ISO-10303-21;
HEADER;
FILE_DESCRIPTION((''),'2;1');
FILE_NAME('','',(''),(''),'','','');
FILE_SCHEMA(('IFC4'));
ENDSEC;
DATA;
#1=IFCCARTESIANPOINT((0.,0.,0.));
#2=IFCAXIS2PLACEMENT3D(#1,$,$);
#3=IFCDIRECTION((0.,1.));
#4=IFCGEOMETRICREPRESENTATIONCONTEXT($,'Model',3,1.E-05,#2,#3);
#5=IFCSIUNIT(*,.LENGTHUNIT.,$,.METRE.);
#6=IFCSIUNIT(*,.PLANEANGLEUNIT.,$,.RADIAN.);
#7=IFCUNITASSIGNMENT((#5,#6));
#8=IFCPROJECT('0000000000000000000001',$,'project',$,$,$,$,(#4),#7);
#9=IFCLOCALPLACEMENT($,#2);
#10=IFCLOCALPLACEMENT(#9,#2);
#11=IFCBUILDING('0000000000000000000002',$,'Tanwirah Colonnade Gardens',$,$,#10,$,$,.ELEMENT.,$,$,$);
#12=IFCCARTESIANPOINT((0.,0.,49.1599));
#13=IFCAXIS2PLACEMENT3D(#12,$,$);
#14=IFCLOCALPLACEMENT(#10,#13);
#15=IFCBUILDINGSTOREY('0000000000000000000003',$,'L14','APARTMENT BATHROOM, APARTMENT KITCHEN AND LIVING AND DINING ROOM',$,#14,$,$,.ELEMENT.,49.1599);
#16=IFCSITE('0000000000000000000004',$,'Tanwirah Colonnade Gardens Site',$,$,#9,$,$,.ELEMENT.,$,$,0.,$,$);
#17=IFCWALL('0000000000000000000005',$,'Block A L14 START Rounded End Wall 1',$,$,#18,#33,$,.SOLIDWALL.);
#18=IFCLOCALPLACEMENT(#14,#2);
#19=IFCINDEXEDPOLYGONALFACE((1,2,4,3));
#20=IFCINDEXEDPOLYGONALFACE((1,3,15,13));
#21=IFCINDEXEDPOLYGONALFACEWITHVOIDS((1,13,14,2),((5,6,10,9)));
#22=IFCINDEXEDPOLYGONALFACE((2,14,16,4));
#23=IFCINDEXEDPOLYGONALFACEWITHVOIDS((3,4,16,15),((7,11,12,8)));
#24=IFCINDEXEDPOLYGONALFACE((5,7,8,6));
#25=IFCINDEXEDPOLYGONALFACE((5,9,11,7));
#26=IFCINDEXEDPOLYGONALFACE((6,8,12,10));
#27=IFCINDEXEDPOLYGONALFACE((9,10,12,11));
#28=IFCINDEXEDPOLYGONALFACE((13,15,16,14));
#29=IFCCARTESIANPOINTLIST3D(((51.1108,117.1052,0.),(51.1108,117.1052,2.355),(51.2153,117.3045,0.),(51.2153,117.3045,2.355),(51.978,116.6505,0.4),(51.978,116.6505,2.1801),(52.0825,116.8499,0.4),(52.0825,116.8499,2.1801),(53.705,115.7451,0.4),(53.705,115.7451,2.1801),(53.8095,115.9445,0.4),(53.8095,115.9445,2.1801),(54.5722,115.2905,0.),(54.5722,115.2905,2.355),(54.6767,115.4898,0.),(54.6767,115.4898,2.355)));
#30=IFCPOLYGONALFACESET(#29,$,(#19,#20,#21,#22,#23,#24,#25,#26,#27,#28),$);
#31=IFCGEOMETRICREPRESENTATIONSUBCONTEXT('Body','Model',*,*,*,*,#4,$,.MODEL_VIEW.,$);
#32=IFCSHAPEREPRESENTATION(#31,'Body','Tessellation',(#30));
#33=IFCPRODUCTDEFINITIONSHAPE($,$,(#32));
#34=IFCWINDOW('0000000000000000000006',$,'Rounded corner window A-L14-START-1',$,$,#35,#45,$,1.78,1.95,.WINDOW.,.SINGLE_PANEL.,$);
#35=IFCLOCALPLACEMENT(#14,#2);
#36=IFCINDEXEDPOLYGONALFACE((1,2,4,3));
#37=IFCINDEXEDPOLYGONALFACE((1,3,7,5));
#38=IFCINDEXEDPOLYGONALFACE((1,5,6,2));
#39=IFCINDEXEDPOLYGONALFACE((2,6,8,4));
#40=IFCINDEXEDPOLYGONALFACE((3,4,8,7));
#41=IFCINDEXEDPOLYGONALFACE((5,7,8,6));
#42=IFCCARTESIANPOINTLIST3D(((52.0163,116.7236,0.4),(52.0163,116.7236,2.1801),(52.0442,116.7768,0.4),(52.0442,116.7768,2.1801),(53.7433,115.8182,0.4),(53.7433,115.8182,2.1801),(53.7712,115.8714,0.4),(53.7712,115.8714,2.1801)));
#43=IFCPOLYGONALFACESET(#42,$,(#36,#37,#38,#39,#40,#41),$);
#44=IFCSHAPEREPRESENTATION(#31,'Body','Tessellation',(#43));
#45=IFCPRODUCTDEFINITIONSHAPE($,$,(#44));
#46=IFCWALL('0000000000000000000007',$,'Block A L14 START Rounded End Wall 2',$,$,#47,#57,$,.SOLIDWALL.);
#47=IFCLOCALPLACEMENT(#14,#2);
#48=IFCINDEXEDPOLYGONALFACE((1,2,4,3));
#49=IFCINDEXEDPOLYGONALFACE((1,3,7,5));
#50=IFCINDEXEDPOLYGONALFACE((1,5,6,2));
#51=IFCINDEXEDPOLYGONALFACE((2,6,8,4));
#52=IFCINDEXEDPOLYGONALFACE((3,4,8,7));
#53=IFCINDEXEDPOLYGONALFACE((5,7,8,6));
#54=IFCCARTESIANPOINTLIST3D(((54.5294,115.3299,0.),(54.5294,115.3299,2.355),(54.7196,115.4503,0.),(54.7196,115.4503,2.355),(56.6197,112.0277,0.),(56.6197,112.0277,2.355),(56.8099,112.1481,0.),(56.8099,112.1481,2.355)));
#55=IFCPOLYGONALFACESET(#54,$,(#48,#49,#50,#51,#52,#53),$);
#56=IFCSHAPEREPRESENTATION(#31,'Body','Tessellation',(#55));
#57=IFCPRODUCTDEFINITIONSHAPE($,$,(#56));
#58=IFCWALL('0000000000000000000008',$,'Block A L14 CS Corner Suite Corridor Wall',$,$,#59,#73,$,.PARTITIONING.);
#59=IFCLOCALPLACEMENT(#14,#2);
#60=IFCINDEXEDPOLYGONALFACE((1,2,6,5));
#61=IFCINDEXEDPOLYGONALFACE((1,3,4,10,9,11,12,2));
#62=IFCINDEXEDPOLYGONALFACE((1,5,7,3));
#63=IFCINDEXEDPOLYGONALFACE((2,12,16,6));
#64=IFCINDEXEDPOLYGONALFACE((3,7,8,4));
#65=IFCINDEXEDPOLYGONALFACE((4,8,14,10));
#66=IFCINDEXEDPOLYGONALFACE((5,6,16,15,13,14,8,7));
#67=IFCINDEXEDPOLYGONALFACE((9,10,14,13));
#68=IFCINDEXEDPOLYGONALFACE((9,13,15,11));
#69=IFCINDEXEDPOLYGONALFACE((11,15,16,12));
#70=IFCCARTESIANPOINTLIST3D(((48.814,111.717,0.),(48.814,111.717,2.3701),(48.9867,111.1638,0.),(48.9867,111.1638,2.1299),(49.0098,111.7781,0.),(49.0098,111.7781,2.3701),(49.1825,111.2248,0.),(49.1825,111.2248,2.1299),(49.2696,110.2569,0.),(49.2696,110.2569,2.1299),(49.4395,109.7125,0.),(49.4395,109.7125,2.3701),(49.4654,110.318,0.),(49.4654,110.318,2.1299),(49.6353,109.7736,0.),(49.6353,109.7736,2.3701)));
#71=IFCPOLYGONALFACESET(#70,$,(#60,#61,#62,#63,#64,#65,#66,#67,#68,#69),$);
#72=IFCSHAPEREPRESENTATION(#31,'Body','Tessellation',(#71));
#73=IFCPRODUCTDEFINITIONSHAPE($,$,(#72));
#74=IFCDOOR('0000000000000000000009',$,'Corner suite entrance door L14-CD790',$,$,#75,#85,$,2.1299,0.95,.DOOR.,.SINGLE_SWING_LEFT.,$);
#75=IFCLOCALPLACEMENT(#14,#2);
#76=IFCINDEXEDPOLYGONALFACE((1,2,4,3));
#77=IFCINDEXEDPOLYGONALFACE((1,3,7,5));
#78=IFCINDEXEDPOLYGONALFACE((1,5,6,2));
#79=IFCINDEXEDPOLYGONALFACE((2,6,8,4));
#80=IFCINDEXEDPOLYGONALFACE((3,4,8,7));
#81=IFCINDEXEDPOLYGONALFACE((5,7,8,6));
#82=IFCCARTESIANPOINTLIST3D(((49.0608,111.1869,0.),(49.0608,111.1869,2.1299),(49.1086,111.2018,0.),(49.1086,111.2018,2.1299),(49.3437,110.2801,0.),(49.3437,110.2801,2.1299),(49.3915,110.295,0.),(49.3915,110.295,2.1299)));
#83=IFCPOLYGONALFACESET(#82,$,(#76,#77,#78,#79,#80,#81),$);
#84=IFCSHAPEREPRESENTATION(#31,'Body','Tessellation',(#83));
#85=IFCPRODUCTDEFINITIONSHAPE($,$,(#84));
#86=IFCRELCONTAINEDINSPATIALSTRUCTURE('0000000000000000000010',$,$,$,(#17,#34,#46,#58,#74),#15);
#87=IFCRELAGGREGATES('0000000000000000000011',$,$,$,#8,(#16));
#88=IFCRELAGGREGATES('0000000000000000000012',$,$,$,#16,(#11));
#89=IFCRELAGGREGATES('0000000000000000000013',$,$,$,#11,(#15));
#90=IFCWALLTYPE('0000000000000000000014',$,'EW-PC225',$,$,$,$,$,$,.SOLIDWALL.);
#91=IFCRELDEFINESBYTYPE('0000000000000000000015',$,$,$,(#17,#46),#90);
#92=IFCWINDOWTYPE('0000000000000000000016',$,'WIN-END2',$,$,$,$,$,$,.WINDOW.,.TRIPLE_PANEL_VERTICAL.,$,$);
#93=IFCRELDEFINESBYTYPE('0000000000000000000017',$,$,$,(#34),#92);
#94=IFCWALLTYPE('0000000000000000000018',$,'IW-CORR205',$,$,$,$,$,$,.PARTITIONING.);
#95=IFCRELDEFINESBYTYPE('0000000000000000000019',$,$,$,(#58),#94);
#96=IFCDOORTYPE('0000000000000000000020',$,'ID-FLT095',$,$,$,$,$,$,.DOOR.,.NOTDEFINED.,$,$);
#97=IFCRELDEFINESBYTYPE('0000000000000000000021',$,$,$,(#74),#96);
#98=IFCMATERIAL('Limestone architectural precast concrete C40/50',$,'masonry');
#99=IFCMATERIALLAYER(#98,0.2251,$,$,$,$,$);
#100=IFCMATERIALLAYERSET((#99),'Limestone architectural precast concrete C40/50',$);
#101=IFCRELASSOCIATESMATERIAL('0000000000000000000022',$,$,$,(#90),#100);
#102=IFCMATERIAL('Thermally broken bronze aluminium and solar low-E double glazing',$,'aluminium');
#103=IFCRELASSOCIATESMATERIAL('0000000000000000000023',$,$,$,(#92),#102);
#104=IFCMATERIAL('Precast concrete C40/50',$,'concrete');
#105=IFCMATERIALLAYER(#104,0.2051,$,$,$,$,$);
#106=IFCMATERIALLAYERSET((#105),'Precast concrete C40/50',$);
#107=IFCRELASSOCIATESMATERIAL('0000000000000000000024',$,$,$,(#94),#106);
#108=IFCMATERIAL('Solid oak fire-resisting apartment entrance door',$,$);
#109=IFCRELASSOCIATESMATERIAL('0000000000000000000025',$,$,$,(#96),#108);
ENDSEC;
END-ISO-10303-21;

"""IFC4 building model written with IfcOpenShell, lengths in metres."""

from ifc_helpers import new_model, si_unit, direction, frame, frame_2d, origin, place, context, subcontext, project, spatial, rectangle, extrude, material, layer, layer_set, type_object, element, fill, save


model = new_model("IFC4")

# Units and contexts
model_context = context("Model", 3, precision=1e-05, world=origin(), true_north=direction((0.0, 1.0)))
body_context = subcontext(model_context, "Body", "Model", "MODEL_VIEW")
ifc_project = project(units=[si_unit("LENGTHUNIT", "METRE"), si_unit("PLANEANGLEUNIT", "RADIAN")], contexts=[model_context])

# Site, building, storey
site_placement = place(None, origin())
site = spatial("IfcSite", under=ifc_project, at=site_placement, Name="Tanwirah Colonnade Gardens Site", CompositionType="ELEMENT", RefElevation=0.0)
building_placement = place(site_placement, origin())
building = spatial("IfcBuilding", under=site, at=building_placement, Name="Tanwirah Colonnade Gardens", CompositionType="ELEMENT")
storey_placement = place(building_placement, frame((0.0, 0.0, 49.1599)))
storey = spatial("IfcBuildingStorey", under=building, at=storey_placement, Name="L14", Description="APARTMENT BATHROOM, APARTMENT KITCHEN AND LIVING AND DINING ROOM", CompositionType="ELEMENT", Elevation=49.1599)

# Shared definitions
ifc_material_1 = material(Name="Precast concrete C40/50", Category="concrete")

# Wall, opening, window
ifc_material_2 = material(Name="Limestone architectural precast concrete C40/50", Category="masonry")
ifc_layer_1 = layer(ifc_material_2, 0.2251)
ifc_layer_set_1 = layer_set([ifc_layer_1], Name="Limestone architectural precast concrete C40/50")
wall_type_1 = type_object("IfcWallType", Name="EW-PC225", PredefinedType="SOLIDWALL", material=ifc_layer_set_1)
ifc_material_3 = material(Name="Thermally broken bronze aluminium and solar low-E double glazing", Category="aluminium")
wall_1_placement = place(storey_placement, frame((51.1631, 117.2048, 0.0), z_axis=(0.0, 0.0, 1.0), x_axis=(0.885666, -0.464322, 0.0)))
wall_1 = element("IfcWall", 1, at=wall_1_placement, inside=storey, type_object=wall_type_1, Name="Block A L14 START Rounded End Wall 1", PredefinedType="SOLIDWALL", context=body_context, shape_type="SweptSolid", body=[
    extrude(rectangle(XDim=3.9082, YDim=0.2251, at=frame_2d((1.9541, 0.0))), origin(), (0.0, 0.0, 1.0), 2.355),
])
opening_1_placement = place(wall_1_placement, frame((0.979, 0.0, 0.3999)))
opening_1 = element("IfcOpeningElement", 2, at=opening_1_placement, cuts=wall_1, PredefinedType="OPENING", context=body_context, shape_type="SweptSolid", body=[
    extrude(rectangle(XDim=1.95, YDim=1.78, at=frame_2d((0.9751, 0.8901))), frame((0.0, 0.1226, 0.0), z_axis=(0.0, -1.0, 0.0), x_axis=(1.0, 0.0, 0.0)), (0.0, 0.0, 1.0), 0.2451),
])
window_type_1 = type_object("IfcWindowType", Name="WIN-END2", PartitioningType="TRIPLE_PANEL_VERTICAL", PredefinedType="WINDOW", material=ifc_material_3)
window_1_placement = place(opening_1_placement, origin())
window_1 = element("IfcWindow", 3, at=window_1_placement, inside=storey, type_object=window_type_1, Name="Rounded corner window A-L14-START-1", OverallHeight=1.78, OverallWidth=1.95, PartitioningType="SINGLE_PANEL", PredefinedType="WINDOW", context=body_context, shape_type="SweptSolid", body=[
    extrude(rectangle(XDim=1.95, YDim=1.78, at=frame_2d((0.9751, 0.8901))), frame((0.0, 0.03, 0.0), z_axis=(0.0, -1.0, 0.0), x_axis=(1.0, 0.0, 0.0)), (0.0, 0.0, 1.0), 0.0601),
])
fill(opening_1, window_1)

# Wall
wall_2_placement = place(storey_placement, frame((54.6245, 115.3901, 0.0), z_axis=(0.0, 0.0, 1.0), x_axis=(0.534853, -0.844945, 0.0)))
element("IfcWall", 4, at=wall_2_placement, inside=storey, type_object=wall_type_1, Name="Block A L14 START Rounded End Wall 2", PredefinedType="SOLIDWALL", context=body_context, shape_type="SweptSolid", body=[
    extrude(rectangle(XDim=3.9082, YDim=0.2251, at=frame_2d((1.9541, 0.0))), origin(), (0.0, 0.0, 1.0), 2.355),
])

# Wall, opening, door
ifc_layer_2 = layer(ifc_material_1, 0.2051)
ifc_layer_set_2 = layer_set([ifc_layer_2], Name="Precast concrete C40/50")
wall_type_2 = type_object("IfcWallType", Name="IW-CORR205", PredefinedType="PARTITIONING", material=ifc_layer_set_2)
ifc_material_4 = material(Name="Solid oak fire-resisting apartment entrance door")
wall_3_placement = place(storey_placement, frame((49.5374, 109.7432, 0.0), z_axis=(0.0, 0.0, 1.0), x_axis=(-0.297858, 0.95461, 0.0)))
wall_3 = element("IfcWall", 5, at=wall_3_placement, inside=storey, type_object=wall_type_2, Name="Block A L14 CS Corner Suite Corridor Wall", PredefinedType="PARTITIONING", context=body_context, shape_type="SweptSolid", body=[
    extrude(rectangle(XDim=2.0999, YDim=0.2051, at=frame_2d((1.0498, 0.0))), origin(), (0.0, 0.0, 1.0), 2.3701),
])
opening_2_placement = place(wall_3_placement, frame((0.5701, 0.0, 0.0)))
opening_2 = element("IfcOpeningElement", 6, at=opening_2_placement, cuts=wall_3, PredefinedType="OPENING", context=body_context, shape_type="SweptSolid", body=[
    extrude(rectangle(XDim=0.95, YDim=2.1299, at=frame_2d((0.4751, 1.0649))), frame((0.0, 0.1125, 0.0), z_axis=(0.0, -1.0, 0.0), x_axis=(1.0, 0.0, 0.0)), (0.0, 0.0, 1.0), 0.2251),
])
door_type_1 = type_object("IfcDoorType", Name="ID-FLT095", OperationType="NOTDEFINED", PredefinedType="DOOR", material=ifc_material_4)
door_1_placement = place(opening_2_placement, origin())
door_1 = element("IfcDoor", 7, at=door_1_placement, inside=storey, type_object=door_type_1, Name="Corner suite entrance door L14-CD790", OperationType="SINGLE_SWING_LEFT", OverallHeight=2.1299, OverallWidth=0.95, PredefinedType="DOOR", context=body_context, shape_type="SweptSolid", body=[
    extrude(rectangle(XDim=0.95, YDim=2.1299, at=frame_2d((0.4751, 1.0649))), frame((0.0, 0.0249, 0.0), z_axis=(0.0, -1.0, 0.0), x_axis=(1.0, 0.0, 0.0)), (0.0, 0.0, 1.0), 0.05),
])
fill(opening_2, door_1)

save(model, "model.ifc")
